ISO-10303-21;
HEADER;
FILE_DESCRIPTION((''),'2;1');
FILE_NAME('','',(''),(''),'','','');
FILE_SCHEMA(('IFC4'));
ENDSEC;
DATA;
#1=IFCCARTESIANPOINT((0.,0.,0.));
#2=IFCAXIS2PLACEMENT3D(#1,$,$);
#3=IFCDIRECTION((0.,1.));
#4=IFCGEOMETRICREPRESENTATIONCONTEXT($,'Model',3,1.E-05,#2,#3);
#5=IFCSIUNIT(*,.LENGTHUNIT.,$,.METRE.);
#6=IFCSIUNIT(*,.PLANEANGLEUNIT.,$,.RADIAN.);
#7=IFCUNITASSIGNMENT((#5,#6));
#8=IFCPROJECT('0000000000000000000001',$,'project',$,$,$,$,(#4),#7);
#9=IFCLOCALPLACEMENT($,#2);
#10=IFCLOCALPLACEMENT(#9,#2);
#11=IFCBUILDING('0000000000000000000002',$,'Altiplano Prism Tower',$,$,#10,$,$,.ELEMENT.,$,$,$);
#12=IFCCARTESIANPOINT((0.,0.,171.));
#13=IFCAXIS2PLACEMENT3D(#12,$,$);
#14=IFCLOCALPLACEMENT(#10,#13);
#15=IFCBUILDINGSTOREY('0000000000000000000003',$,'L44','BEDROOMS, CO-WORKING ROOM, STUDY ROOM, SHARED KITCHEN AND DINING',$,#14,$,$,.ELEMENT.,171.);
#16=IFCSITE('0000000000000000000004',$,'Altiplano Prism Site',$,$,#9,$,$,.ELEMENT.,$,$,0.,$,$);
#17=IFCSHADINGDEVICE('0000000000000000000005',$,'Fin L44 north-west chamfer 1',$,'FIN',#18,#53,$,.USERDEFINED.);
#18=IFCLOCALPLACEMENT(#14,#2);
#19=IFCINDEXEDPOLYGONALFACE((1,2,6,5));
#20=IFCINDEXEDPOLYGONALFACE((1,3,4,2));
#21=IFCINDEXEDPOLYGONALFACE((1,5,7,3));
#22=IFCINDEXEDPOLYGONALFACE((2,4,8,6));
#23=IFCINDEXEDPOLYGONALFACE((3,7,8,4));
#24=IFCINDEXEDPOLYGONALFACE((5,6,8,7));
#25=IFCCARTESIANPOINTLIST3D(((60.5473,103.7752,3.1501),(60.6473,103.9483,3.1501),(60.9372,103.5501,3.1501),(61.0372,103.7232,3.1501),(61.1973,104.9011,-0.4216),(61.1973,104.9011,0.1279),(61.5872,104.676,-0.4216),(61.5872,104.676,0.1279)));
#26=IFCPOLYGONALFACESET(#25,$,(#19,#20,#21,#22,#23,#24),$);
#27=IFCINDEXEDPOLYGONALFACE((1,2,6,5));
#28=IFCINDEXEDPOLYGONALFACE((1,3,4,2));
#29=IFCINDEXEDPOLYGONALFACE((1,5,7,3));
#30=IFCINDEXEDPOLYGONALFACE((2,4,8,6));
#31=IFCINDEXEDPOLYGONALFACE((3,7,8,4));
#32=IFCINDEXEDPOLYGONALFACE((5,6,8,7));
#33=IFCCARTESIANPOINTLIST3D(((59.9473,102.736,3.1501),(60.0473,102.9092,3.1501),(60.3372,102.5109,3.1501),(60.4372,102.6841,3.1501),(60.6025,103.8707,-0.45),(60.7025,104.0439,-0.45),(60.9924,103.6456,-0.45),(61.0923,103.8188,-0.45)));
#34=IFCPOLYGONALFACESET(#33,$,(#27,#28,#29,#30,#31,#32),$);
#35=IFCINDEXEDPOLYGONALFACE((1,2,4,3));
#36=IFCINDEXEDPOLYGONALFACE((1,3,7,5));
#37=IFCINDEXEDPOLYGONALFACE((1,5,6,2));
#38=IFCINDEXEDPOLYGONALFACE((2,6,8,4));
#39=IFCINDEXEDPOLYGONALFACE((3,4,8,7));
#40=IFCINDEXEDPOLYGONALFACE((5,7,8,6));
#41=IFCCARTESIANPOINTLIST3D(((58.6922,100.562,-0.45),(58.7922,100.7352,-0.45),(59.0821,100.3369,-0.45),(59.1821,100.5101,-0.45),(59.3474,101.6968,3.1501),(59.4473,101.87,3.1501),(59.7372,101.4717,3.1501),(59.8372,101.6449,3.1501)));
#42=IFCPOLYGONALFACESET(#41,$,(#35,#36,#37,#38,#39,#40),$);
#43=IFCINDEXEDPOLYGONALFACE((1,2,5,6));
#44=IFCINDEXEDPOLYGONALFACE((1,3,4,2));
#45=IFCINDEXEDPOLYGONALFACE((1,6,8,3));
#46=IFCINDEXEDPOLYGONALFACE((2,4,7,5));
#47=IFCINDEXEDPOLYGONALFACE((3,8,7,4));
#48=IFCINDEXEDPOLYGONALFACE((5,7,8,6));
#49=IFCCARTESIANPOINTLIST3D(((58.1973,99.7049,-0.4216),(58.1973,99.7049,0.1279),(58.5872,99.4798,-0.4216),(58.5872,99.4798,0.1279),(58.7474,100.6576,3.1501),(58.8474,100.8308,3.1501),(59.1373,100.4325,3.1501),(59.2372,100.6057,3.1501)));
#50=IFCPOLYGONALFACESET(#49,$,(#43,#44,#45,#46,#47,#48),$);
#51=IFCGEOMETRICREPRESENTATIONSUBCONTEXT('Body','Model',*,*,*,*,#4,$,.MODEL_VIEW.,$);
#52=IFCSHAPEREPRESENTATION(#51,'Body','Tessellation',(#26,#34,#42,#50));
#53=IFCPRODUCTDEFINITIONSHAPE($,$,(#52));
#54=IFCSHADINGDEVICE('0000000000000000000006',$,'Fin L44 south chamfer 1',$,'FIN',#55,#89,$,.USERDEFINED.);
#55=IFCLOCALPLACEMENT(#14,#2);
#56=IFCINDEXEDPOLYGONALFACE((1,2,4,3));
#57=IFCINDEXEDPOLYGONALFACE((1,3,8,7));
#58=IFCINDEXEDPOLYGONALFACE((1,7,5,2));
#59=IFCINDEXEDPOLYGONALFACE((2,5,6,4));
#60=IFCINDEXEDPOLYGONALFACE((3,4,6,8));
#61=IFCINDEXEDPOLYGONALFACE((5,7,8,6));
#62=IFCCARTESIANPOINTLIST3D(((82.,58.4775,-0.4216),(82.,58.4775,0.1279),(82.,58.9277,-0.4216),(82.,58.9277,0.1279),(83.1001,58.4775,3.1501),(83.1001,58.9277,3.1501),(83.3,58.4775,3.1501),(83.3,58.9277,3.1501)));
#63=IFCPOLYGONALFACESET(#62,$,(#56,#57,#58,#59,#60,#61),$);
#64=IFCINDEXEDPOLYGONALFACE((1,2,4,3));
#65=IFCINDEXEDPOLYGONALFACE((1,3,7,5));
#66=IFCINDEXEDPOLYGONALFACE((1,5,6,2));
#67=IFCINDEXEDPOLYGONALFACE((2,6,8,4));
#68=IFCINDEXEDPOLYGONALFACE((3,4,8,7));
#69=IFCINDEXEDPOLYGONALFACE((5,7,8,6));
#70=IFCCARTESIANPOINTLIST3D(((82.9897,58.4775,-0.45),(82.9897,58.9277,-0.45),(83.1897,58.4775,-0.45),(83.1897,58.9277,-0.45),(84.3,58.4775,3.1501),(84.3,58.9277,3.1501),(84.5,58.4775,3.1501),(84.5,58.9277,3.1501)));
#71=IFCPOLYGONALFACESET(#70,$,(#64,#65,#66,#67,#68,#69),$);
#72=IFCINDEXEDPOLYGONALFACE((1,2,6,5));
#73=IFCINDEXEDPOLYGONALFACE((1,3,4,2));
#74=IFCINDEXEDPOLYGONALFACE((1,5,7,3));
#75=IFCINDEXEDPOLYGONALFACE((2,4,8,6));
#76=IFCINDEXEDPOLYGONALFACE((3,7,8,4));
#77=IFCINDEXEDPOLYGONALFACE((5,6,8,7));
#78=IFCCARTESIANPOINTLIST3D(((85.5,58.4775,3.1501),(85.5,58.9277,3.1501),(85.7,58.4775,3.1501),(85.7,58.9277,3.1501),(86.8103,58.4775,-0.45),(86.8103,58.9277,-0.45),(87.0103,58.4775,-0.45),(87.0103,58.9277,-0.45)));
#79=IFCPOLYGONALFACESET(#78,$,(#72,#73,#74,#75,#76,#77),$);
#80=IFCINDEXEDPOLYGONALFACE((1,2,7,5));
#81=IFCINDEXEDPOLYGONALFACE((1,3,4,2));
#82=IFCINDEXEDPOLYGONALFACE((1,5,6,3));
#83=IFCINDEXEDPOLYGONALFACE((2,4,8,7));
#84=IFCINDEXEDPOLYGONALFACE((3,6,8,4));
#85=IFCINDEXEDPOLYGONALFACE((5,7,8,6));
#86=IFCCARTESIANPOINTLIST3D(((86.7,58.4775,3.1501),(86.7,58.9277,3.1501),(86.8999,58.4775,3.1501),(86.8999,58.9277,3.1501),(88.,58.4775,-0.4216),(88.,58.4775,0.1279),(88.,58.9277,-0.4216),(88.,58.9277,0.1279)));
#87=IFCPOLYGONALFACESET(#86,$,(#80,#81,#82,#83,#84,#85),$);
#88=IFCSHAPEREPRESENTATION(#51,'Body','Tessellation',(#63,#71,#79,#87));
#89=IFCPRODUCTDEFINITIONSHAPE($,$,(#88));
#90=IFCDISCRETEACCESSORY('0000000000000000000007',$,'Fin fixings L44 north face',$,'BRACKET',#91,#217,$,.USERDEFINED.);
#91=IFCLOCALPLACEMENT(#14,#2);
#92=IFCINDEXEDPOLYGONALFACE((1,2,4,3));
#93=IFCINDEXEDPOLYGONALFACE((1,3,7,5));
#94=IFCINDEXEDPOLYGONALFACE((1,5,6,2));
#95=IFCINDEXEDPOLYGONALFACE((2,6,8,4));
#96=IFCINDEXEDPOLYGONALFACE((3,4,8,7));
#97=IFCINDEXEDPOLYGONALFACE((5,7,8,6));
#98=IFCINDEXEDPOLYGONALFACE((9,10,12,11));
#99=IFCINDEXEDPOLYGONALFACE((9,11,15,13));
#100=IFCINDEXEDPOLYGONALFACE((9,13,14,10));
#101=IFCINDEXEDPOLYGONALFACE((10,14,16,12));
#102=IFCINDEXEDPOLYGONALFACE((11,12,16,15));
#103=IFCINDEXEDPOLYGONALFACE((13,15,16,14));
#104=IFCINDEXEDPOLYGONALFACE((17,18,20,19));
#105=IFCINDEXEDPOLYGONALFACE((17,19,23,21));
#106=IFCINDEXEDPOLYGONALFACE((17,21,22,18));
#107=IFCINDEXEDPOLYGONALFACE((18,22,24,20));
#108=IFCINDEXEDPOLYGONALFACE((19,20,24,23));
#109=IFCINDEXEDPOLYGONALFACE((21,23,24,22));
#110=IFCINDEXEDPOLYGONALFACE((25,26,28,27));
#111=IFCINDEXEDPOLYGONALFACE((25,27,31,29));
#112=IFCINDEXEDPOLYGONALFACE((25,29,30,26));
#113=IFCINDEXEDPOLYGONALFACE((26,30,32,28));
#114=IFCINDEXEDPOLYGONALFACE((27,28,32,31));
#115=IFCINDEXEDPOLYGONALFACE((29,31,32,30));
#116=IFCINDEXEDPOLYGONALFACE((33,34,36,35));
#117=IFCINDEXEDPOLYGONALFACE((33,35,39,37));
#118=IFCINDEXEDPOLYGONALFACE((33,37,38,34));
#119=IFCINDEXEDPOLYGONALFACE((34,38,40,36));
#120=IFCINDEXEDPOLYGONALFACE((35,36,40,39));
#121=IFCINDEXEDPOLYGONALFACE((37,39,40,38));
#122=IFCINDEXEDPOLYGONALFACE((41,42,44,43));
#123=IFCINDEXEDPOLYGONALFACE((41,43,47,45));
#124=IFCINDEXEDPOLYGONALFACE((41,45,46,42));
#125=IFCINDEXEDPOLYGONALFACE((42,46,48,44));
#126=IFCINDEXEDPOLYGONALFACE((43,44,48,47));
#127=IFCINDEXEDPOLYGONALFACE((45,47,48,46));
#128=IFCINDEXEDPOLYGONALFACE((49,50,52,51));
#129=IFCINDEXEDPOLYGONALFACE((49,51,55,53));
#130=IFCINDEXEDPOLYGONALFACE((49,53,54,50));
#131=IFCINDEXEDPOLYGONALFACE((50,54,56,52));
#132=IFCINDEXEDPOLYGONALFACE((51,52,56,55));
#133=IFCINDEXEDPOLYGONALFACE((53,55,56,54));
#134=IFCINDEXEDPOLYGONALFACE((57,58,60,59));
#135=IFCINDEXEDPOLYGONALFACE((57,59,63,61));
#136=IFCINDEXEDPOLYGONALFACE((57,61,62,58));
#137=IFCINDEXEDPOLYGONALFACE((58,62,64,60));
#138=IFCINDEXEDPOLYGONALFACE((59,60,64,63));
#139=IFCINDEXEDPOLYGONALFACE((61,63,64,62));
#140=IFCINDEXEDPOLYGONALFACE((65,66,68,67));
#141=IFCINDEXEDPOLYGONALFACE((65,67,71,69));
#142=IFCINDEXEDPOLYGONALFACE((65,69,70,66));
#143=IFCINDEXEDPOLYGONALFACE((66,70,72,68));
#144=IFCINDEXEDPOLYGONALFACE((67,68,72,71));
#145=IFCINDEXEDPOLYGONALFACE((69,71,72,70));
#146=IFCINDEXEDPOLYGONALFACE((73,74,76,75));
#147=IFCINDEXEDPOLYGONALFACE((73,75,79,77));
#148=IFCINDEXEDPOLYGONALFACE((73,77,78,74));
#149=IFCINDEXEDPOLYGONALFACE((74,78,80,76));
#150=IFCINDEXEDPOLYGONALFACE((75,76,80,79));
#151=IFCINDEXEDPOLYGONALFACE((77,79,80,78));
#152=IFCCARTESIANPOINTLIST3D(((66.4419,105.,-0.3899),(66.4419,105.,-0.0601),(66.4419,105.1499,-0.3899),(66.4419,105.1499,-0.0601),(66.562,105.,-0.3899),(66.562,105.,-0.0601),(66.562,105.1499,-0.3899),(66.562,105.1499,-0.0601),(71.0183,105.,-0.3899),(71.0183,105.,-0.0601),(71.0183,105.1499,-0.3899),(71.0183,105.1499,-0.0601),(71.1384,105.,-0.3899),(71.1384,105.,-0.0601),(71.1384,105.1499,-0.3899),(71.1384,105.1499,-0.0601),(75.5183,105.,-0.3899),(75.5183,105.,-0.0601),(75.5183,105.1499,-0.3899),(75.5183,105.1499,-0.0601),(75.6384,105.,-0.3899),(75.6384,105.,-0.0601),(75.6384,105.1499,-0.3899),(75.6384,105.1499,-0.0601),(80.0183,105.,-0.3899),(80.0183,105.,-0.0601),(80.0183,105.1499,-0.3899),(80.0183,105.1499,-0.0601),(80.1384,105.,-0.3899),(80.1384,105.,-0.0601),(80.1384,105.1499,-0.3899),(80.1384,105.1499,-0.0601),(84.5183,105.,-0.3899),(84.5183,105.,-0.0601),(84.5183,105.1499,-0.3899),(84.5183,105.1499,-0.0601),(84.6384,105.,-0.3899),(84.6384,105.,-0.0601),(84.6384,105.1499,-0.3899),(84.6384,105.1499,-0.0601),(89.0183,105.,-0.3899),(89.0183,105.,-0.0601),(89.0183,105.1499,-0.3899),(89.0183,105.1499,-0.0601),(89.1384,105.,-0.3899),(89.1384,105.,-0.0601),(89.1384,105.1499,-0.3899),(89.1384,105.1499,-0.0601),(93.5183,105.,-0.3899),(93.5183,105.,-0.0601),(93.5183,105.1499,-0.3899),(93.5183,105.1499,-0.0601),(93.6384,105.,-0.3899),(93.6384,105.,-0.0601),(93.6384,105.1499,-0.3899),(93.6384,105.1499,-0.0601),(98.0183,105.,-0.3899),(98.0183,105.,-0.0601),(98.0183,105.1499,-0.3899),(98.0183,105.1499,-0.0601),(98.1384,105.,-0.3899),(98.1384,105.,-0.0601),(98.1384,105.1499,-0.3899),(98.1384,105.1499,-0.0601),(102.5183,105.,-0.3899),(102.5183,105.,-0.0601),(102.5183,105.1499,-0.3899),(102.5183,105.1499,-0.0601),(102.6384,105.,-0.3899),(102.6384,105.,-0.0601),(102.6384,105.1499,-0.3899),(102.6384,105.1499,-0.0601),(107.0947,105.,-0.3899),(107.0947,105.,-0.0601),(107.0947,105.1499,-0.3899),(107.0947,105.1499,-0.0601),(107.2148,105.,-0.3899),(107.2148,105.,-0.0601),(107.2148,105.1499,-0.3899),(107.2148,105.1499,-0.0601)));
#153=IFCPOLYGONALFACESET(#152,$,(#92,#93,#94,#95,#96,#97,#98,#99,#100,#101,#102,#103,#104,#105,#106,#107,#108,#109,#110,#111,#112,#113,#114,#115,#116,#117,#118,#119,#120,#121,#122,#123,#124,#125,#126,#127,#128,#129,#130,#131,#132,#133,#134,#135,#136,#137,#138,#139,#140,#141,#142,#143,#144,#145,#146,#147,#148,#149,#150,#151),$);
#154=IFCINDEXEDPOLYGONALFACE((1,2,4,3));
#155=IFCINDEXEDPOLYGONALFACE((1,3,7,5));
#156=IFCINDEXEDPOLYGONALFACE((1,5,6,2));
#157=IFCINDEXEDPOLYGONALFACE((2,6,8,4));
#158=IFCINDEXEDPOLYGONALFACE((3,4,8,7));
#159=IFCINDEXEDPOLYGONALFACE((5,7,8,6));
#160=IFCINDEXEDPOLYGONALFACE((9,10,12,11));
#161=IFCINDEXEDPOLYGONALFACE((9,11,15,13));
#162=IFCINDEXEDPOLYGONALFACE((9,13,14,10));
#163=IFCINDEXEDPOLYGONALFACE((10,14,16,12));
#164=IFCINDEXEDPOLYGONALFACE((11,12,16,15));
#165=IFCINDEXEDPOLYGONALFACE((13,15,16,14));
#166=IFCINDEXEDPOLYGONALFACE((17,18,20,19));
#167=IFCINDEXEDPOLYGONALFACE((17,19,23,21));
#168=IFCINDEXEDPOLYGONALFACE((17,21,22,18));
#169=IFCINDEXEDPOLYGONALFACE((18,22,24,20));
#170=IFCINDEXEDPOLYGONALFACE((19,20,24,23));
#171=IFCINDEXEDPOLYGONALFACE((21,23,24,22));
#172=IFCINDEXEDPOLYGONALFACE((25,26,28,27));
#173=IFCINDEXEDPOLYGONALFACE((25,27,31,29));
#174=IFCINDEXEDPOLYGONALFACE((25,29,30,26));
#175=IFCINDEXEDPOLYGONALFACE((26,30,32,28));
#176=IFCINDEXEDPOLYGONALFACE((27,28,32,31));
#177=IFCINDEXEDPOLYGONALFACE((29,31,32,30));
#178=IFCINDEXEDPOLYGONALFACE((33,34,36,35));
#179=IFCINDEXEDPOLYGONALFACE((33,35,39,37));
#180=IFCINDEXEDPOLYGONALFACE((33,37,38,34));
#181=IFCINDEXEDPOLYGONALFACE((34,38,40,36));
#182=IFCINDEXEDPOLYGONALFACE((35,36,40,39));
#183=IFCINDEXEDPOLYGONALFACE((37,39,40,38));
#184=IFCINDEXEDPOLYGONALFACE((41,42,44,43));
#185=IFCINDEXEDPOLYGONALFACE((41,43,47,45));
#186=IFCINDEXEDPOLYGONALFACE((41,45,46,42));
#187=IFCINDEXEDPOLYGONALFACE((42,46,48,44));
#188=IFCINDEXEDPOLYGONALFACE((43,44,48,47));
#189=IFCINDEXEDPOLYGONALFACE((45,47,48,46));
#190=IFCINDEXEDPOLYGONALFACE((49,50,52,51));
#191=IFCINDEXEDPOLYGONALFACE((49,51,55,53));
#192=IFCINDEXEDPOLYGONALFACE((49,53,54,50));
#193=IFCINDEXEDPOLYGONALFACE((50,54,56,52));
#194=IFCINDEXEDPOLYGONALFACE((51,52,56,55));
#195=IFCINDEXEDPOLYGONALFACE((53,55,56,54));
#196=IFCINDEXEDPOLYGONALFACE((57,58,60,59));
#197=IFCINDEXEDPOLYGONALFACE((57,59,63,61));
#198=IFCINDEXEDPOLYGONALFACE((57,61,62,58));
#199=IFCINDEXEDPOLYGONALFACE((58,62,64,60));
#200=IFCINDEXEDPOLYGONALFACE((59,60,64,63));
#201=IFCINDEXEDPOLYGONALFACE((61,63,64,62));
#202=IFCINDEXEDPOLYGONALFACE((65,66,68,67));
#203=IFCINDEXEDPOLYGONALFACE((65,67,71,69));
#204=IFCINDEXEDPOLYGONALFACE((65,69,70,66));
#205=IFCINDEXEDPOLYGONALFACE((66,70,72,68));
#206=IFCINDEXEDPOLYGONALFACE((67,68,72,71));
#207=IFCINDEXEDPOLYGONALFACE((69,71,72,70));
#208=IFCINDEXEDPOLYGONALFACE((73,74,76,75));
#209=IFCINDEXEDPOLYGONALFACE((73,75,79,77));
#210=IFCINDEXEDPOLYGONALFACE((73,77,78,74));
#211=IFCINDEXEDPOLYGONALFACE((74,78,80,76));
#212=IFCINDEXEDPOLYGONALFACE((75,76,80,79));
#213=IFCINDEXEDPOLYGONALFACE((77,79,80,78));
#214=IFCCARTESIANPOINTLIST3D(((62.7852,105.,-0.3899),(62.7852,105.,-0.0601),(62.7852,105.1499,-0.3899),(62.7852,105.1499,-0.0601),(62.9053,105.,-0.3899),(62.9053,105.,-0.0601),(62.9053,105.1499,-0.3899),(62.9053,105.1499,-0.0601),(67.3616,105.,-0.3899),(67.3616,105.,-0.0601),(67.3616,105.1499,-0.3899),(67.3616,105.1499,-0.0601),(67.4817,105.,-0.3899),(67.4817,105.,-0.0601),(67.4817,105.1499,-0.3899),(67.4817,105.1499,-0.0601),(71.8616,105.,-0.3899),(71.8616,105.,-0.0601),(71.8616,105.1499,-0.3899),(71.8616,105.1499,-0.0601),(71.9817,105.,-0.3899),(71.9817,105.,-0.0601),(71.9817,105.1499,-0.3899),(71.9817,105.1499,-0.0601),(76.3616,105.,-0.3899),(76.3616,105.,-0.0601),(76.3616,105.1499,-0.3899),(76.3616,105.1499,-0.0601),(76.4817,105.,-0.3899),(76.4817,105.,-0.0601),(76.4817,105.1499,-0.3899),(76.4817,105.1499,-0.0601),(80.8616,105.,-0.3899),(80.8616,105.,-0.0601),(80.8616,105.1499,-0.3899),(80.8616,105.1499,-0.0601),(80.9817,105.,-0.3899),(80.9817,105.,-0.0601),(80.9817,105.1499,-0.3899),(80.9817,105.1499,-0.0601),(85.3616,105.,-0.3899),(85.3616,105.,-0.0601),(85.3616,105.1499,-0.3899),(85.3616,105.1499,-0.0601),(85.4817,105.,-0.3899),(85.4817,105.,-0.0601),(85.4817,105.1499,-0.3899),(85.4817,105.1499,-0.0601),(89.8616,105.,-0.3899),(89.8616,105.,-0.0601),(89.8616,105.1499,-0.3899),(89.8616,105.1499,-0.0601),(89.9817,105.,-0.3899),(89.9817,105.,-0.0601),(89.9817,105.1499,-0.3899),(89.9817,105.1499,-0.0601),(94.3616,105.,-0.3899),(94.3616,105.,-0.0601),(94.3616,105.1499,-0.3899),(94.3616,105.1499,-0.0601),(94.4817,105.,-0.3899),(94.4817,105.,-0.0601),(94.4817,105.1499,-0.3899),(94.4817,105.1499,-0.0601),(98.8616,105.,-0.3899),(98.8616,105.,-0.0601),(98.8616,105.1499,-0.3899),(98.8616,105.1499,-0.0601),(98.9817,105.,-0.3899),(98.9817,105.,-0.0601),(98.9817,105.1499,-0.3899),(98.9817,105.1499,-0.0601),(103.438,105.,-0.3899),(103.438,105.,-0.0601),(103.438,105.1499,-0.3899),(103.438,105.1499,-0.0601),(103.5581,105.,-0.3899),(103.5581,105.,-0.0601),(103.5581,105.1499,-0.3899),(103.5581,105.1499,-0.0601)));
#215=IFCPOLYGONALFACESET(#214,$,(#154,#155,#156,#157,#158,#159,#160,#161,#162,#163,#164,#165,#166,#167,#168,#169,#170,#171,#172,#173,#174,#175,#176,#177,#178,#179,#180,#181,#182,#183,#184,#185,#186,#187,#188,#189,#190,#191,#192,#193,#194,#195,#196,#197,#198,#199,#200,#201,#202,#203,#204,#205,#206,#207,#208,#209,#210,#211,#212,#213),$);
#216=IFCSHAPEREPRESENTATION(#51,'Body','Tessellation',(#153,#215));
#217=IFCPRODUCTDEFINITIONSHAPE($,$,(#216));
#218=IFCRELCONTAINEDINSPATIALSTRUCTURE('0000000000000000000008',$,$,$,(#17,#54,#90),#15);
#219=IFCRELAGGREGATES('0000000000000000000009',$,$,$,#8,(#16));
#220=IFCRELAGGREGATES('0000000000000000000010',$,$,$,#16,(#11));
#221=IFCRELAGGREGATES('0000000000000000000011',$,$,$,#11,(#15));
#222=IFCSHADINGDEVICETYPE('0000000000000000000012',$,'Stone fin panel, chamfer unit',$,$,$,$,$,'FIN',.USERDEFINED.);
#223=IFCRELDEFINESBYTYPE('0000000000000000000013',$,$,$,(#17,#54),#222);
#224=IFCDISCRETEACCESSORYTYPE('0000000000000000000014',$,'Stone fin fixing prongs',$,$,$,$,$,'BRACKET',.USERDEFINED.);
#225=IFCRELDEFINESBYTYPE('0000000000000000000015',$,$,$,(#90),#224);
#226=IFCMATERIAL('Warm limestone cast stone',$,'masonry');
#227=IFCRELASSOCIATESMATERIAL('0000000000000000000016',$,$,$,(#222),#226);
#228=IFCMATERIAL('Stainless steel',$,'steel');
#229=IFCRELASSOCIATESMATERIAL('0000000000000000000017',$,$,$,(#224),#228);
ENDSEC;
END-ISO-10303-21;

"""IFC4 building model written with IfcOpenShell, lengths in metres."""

from ifc_helpers import new_model, si_unit, direction, frame, origin, place, context, subcontext, project, spatial, polyline, outline, extrude, source, transform, mapped, material, type_object, element, save


model = new_model("IFC4")

# Units and contexts
model_context = context("Model", 3, precision=1e-05, world=origin(), true_north=direction((0.0, 1.0)))
body_context = subcontext(model_context, "Body", "Model", "MODEL_VIEW")
ifc_project = project(units=[si_unit("LENGTHUNIT", "METRE"), si_unit("PLANEANGLEUNIT", "RADIAN")], contexts=[model_context])

# Site, building, storey
site_placement = place(None, origin())
site = spatial("IfcSite", under=ifc_project, at=site_placement, Name="Altiplano Prism Site", CompositionType="ELEMENT", RefElevation=0.0)
building_placement = place(site_placement, origin())
building = spatial("IfcBuilding", under=site, at=building_placement, Name="Altiplano Prism Tower", CompositionType="ELEMENT")
storey_placement = place(building_placement, frame((0.0, 0.0, 171.0)))
storey = spatial("IfcBuildingStorey", under=building, at=storey_placement, Name="L44", Description="BEDROOMS, CO-WORKING ROOM, STUDY ROOM, SHARED KITCHEN AND DINING", CompositionType="ELEMENT", Elevation=171.0)

# Shading devices
ifc_material_1 = material(Name="Warm limestone cast stone", Category="masonry")
shading_device_type_1 = type_object("IfcShadingDeviceType", Name="Stone fin panel, chamfer unit", ElementType="FIN", PredefinedType="USERDEFINED", material=ifc_material_1)
shared_shape_1 = source(origin(), body_context, "Body", "SweptSolid", [
    extrude(outline(polyline([(-3.0, 0.0283), (-1.7, 3.6001), (-1.8999, 3.6001), (-3.0, 0.5779), (-3.0, 0.0283)])), frame((0.0, -0.1499, 0.0), z_axis=(0.0, -1.0, 0.0), x_axis=(1.0, 0.0, 0.0)), (0.0, 0.0, 1.0), 0.4502),
    extrude(outline(polyline([(-2.0103, 0.0), (-1.8103, 0.0), (-0.5, 3.6001), (-0.7, 3.6001), (-2.0103, 0.0)])), frame((0.0, -0.1499, 0.0), z_axis=(0.0, -1.0, 0.0), x_axis=(1.0, 0.0, 0.0)), (0.0, 0.0, 1.0), 0.4502),
    extrude(outline(polyline([(1.8103, 0.0), (2.0103, 0.0), (0.7, 3.6001), (0.5, 3.6001), (1.8103, 0.0)])), frame((0.0, -0.1499, 0.0), z_axis=(0.0, -1.0, 0.0), x_axis=(1.0, 0.0, 0.0)), (0.0, 0.0, 1.0), 0.4502),
    extrude(outline(polyline([(3.0, 0.5779), (1.8999, 3.6001), (1.7, 3.6001), (3.0, 0.0283), (3.0, 0.5779)])), frame((0.0, -0.1499, 0.0), z_axis=(0.0, -1.0, 0.0), x_axis=(1.0, 0.0, 0.0)), (0.0, 0.0, 1.0), 0.4502),
])
shading_device_1_placement = place(storey_placement, origin())
element("IfcShadingDevice", 1, at=shading_device_1_placement, inside=storey, type_object=shading_device_type_1, Name="Fin L44 north-west chamfer 1", ObjectType="FIN", PredefinedType="USERDEFINED", context=body_context, shape_type="MappedRepresentation", body=[
    mapped(shared_shape_1, transform((60.217, 102.0029, -0.45), x_axis=(-0.5, -0.866025, 0.0), y_axis=(0.866025, -0.5, 0.0), z_axis=(0.0, 0.0, 1.0))),
])
shading_device_2_placement = place(storey_placement, origin())
element("IfcShadingDevice", 2, at=shading_device_2_placement, inside=storey, type_object=shading_device_type_1, Name="Fin L44 south chamfer 1", ObjectType="FIN", PredefinedType="USERDEFINED", context=body_context, shape_type="MappedRepresentation", body=[
    mapped(shared_shape_1, transform((85.0, 59.0776, -0.45), x_axis=(1.0, 0.0, 0.0), y_axis=(0.0, 1.0, 0.0), z_axis=(0.0, 0.0, 1.0))),
])

# Discrete accessory
ifc_material_2 = material(Name="Stainless steel", Category="steel")
discrete_accessory_type = type_object("IfcDiscreteAccessoryType", Name="Stone fin fixing prongs", ElementType="BRACKET", PredefinedType="USERDEFINED", material=ifc_material_2)
shared_shape_2 = source(origin(), body_context, "Body", "SweptSolid", [
    extrude(outline(polyline([(-1.8884, 0.0601), (-1.7683, 0.0601), (-1.7683, 0.3899), (-1.8884, 0.3899), (-1.8884, 0.0601)])), frame((0.0, 0.0, 0.0), z_axis=(0.0, -1.0, 0.0), x_axis=(1.0, 0.0, 0.0)), (0.0, 0.0, 1.0), 0.1499),
    extrude(outline(polyline([(1.7683, 0.0601), (1.8884, 0.0601), (1.8884, 0.3899), (1.7683, 0.3899), (1.7683, 0.0601)])), frame((0.0, 0.0, 0.0), z_axis=(0.0, -1.0, 0.0), x_axis=(1.0, 0.0, 0.0)), (0.0, 0.0, 1.0), 0.1499),
])
discrete_accessory_1_placement = place(storey_placement, origin())
element("IfcDiscreteAccessory", 3, at=discrete_accessory_1_placement, inside=storey, type_object=discrete_accessory_type, Name="Fin fixings L44 north face", ObjectType="BRACKET", PredefinedType="USERDEFINED", context=body_context, shape_type="MappedRepresentation", body=[
    mapped(shared_shape_2, transform((105.3264, 105.0, -0.45), x_axis=(-1.0, 0.0, 0.0), y_axis=(0.0, -1.0, 0.0), z_axis=(0.0, 0.0, 1.0))),
    mapped(shared_shape_2, transform((100.75, 105.0, -0.45), x_axis=(-1.0, 0.0, 0.0), y_axis=(0.0, -1.0, 0.0), z_axis=(0.0, 0.0, 1.0))),
    mapped(shared_shape_2, transform((96.25, 105.0, -0.45), x_axis=(-1.0, 0.0, 0.0), y_axis=(0.0, -1.0, 0.0), z_axis=(0.0, 0.0, 1.0))),
    mapped(shared_shape_2, transform((91.75, 105.0, -0.45), x_axis=(-1.0, 0.0, 0.0), y_axis=(0.0, -1.0, 0.0), z_axis=(0.0, 0.0, 1.0))),
    mapped(shared_shape_2, transform((87.25, 105.0, -0.45), x_axis=(-1.0, 0.0, 0.0), y_axis=(0.0, -1.0, 0.0), z_axis=(0.0, 0.0, 1.0))),
    mapped(shared_shape_2, transform((82.75, 105.0, -0.45), x_axis=(-1.0, 0.0, 0.0), y_axis=(0.0, -1.0, 0.0), z_axis=(0.0, 0.0, 1.0))),
    mapped(shared_shape_2, transform((78.25, 105.0, -0.45), x_axis=(-1.0, 0.0, 0.0), y_axis=(0.0, -1.0, 0.0), z_axis=(0.0, 0.0, 1.0))),
    mapped(shared_shape_2, transform((73.75, 105.0, -0.45), x_axis=(-1.0, 0.0, 0.0), y_axis=(0.0, -1.0, 0.0), z_axis=(0.0, 0.0, 1.0))),
    mapped(shared_shape_2, transform((69.25, 105.0, -0.45), x_axis=(-1.0, 0.0, 0.0), y_axis=(0.0, -1.0, 0.0), z_axis=(0.0, 0.0, 1.0))),
    mapped(shared_shape_2, transform((64.6736, 105.0, -0.45), x_axis=(-1.0, 0.0, 0.0), y_axis=(0.0, -1.0, 0.0), z_axis=(0.0, 0.0, 1.0))),
])

save(model, "model.ifc")
